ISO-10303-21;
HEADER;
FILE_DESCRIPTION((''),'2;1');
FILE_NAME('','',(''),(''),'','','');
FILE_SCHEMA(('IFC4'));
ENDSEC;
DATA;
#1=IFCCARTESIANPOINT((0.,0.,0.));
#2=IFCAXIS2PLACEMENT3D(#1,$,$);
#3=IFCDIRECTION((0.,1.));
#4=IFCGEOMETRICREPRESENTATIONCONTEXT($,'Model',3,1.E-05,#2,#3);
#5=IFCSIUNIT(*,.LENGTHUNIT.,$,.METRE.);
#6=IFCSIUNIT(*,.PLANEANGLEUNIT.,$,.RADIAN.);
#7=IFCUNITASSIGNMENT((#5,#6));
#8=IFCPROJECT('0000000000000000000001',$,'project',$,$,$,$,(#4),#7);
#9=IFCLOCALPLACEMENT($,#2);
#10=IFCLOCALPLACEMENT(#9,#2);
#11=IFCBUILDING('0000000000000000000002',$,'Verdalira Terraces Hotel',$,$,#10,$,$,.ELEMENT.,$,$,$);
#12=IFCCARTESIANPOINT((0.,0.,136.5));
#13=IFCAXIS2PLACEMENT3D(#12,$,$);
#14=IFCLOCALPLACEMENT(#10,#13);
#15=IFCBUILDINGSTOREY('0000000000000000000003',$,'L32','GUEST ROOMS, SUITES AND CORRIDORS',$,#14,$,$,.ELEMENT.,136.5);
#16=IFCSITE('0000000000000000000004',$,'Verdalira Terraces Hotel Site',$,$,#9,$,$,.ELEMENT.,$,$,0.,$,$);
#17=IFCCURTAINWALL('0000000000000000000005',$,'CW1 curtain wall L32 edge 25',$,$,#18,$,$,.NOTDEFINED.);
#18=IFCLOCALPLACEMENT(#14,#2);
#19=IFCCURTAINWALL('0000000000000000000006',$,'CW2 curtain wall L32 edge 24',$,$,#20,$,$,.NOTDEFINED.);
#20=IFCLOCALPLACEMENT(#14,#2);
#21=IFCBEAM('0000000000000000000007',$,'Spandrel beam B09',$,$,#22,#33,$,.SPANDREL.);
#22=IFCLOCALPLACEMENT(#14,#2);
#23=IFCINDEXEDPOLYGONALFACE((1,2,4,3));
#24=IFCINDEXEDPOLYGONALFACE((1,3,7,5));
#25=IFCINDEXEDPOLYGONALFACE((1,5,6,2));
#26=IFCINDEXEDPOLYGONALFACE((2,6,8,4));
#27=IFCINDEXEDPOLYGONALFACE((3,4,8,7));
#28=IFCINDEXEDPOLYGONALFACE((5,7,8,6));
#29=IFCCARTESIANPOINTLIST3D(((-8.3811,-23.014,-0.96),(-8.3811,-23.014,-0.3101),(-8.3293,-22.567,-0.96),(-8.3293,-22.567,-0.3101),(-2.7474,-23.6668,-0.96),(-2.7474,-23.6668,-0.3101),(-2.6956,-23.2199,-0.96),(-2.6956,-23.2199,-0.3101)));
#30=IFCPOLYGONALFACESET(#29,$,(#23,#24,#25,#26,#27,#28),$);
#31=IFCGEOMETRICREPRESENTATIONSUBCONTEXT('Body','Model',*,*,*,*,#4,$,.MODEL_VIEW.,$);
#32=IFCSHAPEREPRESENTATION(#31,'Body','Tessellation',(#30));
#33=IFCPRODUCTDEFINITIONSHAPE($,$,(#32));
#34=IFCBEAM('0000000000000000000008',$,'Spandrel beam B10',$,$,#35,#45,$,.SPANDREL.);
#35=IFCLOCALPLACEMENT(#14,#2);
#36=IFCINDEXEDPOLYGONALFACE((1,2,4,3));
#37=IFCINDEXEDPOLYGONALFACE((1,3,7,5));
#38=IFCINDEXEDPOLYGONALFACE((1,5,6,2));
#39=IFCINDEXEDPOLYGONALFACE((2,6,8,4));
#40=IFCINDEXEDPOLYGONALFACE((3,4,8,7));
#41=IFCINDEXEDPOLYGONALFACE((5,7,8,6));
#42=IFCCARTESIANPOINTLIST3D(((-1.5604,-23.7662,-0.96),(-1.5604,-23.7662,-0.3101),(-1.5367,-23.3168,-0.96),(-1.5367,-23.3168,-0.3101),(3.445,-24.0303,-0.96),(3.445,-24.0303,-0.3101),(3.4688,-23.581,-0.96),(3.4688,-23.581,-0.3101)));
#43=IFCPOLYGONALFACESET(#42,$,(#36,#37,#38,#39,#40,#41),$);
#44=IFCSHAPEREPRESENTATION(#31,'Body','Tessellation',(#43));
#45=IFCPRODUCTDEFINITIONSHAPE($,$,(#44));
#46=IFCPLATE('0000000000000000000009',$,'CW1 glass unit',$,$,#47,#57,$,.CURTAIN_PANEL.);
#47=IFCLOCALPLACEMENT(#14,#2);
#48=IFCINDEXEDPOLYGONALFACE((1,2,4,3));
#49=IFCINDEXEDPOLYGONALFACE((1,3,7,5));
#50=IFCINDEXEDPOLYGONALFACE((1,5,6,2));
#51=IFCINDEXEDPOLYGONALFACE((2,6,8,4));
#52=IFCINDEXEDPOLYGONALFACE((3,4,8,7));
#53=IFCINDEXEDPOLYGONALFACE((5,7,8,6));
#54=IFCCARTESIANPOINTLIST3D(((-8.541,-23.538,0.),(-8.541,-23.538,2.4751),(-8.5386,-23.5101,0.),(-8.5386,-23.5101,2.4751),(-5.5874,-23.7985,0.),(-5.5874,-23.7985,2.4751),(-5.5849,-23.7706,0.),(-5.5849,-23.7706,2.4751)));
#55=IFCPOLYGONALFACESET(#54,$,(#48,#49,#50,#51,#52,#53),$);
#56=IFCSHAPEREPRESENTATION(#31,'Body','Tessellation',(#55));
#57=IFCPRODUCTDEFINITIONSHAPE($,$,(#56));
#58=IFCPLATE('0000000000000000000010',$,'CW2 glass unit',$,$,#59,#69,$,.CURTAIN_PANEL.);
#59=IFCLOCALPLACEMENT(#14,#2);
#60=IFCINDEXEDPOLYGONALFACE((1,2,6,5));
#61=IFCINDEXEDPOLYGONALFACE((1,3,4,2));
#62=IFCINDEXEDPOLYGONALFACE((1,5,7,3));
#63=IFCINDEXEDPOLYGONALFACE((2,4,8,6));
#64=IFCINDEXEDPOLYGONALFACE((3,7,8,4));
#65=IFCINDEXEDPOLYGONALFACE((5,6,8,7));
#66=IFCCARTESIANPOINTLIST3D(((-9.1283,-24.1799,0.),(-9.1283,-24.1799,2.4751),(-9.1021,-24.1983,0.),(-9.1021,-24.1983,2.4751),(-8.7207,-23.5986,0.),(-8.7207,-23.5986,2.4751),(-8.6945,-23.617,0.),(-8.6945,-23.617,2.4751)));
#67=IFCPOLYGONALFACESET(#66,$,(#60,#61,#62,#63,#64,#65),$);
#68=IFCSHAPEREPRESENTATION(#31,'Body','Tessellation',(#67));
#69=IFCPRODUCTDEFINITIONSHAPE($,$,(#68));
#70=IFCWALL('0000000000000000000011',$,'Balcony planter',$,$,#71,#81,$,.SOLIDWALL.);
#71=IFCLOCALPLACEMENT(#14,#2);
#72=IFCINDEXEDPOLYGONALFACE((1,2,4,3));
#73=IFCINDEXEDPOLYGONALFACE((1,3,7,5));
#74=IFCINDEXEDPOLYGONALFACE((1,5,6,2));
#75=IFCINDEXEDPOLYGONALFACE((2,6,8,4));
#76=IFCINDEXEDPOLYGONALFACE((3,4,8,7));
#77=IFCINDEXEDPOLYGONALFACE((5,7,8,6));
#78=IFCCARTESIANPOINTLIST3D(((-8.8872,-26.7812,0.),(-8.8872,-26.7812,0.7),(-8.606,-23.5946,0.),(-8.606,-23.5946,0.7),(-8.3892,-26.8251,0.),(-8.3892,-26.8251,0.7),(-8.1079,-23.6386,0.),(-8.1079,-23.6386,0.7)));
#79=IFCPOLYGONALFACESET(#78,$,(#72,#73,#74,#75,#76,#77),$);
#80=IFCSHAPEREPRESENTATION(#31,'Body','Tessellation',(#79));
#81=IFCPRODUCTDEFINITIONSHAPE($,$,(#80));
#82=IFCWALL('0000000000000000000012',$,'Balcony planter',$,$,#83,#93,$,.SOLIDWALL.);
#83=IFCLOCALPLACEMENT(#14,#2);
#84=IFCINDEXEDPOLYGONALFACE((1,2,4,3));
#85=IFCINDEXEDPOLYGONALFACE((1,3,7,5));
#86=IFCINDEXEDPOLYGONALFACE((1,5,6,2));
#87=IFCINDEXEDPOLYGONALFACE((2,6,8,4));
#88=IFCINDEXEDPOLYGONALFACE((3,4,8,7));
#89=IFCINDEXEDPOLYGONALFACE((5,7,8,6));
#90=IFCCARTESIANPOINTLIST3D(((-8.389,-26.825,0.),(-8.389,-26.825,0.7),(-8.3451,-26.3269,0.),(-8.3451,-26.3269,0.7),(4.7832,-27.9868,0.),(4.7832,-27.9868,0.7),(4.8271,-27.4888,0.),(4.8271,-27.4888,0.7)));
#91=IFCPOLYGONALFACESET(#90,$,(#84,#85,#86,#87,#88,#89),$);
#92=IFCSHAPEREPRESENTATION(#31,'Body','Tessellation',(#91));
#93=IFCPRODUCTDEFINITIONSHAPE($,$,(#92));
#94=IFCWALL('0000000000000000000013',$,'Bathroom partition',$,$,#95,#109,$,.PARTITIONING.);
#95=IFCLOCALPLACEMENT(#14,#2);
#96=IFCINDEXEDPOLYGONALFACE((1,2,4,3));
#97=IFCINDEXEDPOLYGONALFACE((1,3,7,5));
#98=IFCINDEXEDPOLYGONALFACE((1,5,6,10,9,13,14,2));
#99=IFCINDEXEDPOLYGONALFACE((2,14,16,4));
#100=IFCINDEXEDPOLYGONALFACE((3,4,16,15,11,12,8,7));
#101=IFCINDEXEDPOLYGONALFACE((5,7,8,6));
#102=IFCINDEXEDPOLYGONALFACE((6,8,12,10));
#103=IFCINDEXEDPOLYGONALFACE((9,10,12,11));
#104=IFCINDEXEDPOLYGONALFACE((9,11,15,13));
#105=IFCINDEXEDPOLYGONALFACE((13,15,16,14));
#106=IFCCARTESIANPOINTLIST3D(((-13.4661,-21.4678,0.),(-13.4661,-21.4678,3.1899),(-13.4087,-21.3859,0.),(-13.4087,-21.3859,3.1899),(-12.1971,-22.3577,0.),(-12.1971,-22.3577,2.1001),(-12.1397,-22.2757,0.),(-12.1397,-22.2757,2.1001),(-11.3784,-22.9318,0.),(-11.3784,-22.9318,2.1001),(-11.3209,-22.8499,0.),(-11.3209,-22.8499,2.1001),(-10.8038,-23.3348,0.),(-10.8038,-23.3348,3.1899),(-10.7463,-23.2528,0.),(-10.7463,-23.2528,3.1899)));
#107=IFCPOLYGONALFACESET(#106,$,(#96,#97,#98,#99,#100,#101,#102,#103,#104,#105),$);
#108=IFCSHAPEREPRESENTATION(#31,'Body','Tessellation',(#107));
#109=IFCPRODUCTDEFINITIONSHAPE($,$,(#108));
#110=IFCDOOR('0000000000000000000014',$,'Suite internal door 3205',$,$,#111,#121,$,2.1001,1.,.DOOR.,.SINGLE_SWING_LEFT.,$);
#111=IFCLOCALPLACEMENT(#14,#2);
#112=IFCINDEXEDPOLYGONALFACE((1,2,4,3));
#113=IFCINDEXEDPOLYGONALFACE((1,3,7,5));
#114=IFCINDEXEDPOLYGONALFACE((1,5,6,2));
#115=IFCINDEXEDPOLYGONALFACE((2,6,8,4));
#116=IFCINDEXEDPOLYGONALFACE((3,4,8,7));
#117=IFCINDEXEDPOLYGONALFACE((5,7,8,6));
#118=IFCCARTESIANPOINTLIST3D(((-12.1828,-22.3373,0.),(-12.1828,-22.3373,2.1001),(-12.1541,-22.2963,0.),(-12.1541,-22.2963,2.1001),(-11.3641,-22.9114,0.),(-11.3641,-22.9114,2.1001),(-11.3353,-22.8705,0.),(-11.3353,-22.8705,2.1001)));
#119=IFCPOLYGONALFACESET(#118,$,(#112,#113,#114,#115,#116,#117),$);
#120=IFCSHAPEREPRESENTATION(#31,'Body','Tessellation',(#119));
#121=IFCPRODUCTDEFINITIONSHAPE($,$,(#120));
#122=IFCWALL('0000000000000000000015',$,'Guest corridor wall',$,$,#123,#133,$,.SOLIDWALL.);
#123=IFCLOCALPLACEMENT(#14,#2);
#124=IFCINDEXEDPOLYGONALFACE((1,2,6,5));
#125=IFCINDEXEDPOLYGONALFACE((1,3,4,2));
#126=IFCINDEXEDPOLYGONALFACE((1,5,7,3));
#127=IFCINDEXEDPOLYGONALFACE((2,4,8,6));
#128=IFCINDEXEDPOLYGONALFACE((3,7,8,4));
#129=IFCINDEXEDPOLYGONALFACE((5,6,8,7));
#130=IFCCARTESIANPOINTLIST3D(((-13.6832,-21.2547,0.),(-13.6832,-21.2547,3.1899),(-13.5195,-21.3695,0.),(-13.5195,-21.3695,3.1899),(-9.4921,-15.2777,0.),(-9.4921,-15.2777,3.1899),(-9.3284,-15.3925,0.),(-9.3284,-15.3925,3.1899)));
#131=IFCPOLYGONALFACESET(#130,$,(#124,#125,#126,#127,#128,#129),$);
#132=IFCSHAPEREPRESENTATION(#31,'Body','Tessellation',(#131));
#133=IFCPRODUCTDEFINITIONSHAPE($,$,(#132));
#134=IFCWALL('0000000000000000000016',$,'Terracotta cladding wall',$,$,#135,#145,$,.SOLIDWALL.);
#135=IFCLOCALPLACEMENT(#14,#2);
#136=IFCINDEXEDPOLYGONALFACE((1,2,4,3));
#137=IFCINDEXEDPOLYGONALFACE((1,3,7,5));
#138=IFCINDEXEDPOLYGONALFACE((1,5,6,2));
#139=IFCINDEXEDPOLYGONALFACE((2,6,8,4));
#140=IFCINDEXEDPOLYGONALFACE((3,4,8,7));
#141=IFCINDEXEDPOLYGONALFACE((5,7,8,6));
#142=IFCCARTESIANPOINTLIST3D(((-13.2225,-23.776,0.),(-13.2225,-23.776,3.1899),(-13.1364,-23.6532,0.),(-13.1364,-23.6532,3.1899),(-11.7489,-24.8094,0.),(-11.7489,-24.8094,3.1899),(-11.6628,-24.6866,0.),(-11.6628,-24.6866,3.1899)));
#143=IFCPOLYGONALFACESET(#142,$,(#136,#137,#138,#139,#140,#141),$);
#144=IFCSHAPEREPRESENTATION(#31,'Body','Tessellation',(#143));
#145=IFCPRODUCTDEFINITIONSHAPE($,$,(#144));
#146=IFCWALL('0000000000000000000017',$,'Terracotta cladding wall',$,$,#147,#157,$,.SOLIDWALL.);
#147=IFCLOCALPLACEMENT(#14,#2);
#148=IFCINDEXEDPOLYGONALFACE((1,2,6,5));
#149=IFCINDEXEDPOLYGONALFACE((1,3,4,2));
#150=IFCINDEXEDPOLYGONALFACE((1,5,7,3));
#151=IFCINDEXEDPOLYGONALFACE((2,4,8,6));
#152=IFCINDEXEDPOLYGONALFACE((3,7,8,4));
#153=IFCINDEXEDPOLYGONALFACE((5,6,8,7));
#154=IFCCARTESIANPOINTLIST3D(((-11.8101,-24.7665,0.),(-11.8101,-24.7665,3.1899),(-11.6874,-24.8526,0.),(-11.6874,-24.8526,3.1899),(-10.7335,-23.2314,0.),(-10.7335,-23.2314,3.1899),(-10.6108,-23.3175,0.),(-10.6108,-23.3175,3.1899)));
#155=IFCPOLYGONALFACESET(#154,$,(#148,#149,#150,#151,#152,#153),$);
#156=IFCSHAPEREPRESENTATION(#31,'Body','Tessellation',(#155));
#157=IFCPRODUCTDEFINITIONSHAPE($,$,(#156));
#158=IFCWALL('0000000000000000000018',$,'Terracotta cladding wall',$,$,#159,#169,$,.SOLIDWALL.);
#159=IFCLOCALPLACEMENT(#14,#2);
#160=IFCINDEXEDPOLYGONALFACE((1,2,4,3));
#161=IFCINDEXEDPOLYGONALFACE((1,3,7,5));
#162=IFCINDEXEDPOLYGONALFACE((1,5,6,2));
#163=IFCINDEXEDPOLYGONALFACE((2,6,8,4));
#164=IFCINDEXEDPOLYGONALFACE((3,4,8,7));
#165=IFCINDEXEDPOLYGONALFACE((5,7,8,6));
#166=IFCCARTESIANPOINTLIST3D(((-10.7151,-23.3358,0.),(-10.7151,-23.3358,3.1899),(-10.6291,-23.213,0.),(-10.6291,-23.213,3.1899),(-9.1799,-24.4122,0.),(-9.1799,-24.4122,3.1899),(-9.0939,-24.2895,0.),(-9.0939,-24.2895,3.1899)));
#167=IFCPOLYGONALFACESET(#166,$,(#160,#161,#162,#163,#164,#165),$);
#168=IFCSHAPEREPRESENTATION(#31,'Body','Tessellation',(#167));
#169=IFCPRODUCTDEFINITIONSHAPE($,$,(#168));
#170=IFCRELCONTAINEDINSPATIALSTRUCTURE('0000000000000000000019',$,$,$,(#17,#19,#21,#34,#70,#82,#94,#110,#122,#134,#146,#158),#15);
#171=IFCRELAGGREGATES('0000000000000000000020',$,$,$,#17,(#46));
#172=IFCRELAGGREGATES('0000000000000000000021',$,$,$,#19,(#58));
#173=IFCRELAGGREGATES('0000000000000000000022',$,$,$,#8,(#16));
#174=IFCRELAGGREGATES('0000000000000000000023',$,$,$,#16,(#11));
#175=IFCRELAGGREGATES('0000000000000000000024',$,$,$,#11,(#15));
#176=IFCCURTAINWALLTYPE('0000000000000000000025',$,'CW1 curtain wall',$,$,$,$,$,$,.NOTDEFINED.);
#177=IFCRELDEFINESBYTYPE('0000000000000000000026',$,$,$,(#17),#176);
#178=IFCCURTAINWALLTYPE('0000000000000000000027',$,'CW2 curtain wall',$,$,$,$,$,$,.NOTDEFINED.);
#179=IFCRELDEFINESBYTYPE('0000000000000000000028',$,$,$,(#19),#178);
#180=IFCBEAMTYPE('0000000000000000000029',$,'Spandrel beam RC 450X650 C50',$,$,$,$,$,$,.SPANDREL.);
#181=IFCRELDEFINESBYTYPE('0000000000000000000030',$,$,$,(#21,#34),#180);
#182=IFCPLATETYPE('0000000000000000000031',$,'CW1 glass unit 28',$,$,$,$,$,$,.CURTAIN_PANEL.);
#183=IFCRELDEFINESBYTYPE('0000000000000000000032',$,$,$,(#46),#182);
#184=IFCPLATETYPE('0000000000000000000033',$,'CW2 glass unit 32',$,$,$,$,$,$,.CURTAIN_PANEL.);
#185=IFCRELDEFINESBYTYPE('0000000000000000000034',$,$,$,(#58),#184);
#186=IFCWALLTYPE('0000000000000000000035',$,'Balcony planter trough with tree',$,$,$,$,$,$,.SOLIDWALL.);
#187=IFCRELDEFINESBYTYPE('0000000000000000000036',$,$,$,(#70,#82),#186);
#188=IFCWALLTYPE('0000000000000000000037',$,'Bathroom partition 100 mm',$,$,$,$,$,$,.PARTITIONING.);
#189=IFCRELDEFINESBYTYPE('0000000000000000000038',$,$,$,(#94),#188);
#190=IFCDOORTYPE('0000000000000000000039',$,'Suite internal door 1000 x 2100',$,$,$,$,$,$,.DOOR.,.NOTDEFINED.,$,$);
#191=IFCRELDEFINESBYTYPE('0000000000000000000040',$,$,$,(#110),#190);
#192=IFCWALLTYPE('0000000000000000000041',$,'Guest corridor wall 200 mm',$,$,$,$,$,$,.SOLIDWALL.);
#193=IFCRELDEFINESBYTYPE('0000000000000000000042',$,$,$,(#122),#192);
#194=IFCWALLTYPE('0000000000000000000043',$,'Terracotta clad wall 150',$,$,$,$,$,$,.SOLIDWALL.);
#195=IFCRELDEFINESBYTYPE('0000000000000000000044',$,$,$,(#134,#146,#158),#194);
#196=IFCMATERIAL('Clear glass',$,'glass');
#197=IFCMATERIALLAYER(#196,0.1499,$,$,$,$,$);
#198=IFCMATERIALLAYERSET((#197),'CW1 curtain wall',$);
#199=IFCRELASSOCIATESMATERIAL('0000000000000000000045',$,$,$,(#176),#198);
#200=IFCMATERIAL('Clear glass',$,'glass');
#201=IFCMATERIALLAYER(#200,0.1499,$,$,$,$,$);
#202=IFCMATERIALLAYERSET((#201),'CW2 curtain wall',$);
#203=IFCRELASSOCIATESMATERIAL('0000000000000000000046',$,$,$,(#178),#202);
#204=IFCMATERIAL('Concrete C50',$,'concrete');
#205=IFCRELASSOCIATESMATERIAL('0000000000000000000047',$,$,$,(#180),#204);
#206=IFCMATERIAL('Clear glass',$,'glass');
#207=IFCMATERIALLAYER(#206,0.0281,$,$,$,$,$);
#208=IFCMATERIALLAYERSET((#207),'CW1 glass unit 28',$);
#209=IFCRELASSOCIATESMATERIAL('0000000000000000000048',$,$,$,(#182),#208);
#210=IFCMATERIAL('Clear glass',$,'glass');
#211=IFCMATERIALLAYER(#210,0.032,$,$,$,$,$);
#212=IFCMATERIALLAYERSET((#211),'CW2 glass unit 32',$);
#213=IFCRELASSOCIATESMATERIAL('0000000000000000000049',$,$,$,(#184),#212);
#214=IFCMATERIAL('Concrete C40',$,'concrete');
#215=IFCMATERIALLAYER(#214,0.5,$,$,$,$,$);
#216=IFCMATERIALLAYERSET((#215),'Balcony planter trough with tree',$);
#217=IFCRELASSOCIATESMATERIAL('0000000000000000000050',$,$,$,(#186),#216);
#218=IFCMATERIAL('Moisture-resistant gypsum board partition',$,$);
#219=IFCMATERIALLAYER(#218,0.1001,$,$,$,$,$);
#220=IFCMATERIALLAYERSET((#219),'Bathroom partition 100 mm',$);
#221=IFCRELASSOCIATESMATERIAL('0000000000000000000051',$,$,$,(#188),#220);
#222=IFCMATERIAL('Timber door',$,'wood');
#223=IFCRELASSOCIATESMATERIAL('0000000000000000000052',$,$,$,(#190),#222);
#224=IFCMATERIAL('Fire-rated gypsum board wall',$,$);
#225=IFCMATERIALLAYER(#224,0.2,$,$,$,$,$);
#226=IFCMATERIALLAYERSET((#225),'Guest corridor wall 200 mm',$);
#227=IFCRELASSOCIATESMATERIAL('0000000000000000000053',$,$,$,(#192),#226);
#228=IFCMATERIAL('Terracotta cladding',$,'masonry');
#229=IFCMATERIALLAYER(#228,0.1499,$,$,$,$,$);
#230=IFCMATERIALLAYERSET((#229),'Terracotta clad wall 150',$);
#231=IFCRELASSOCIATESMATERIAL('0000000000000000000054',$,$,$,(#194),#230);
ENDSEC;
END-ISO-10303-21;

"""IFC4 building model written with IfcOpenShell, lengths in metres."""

from ifc_helpers import new_model, si_unit, direction, frame, frame_2d, origin, origin_2d, place, context, subcontext, project, spatial, rectangle, extrude, material, layer, layer_set, material_profile, profile_set, type_object, element, fill, aggregate, save


model = new_model("IFC4")

# Units and contexts
model_context = context("Model", 3, precision=1e-05, world=origin(), true_north=direction((0.0, 1.0)))
body_context = subcontext(model_context, "Body", "Model", "MODEL_VIEW")
ifc_project = project(units=[si_unit("LENGTHUNIT", "METRE"), si_unit("PLANEANGLEUNIT", "RADIAN")], contexts=[model_context])

# Site, building, storey
site_placement = place(None, origin())
site = spatial("IfcSite", under=ifc_project, at=site_placement, Name="Verdalira Terraces Hotel Site", CompositionType="ELEMENT", RefElevation=0.0)
building_placement = place(site_placement, origin())
building = spatial("IfcBuilding", under=site, at=building_placement, Name="Verdalira Terraces Hotel", CompositionType="ELEMENT")
storey_placement = place(building_placement, frame((0.0, 0.0, 136.5)))
storey = spatial("IfcBuildingStorey", under=building, at=storey_placement, Name="L32", Description="GUEST ROOMS, SUITES AND CORRIDORS", CompositionType="ELEMENT", Elevation=136.5)

# Curtain walls
ifc_material_1 = material(Name="Clear glass", Category="glass")
ifc_layer_1 = layer(ifc_material_1, 0.1499)
ifc_layer_set_1 = layer_set([ifc_layer_1], Name="CW1 curtain wall")
curtain_wall_type_1 = type_object("IfcCurtainWallType", Name="CW1 curtain wall", PredefinedType="NOTDEFINED", material=ifc_layer_set_1)
curtain_wall_1_placement = place(storey_placement, origin())
curtain_wall_1 = element("IfcCurtainWall", 1, at=curtain_wall_1_placement, inside=storey, type_object=curtain_wall_type_1, Name="CW1 curtain wall L32 edge 25", PredefinedType="NOTDEFINED")
ifc_material_2 = material(Name="Clear glass", Category="glass")
ifc_layer_2 = layer(ifc_material_2, 0.1499)
ifc_layer_set_2 = layer_set([ifc_layer_2], Name="CW2 curtain wall")
curtain_wall_type_2 = type_object("IfcCurtainWallType", Name="CW2 curtain wall", PredefinedType="NOTDEFINED", material=ifc_layer_set_2)
curtain_wall_2_placement = place(storey_placement, origin())
curtain_wall_2 = element("IfcCurtainWall", 2, at=curtain_wall_2_placement, inside=storey, type_object=curtain_wall_type_2, Name="CW2 curtain wall L32 edge 24", PredefinedType="NOTDEFINED")

# Beams
ifc_material_3 = material(Name="Concrete C50", Category="concrete")
ifc_material_profile_1 = material_profile(ifc_material_3, rectangle(XDim=0.45, YDim=0.6499, at=origin_2d()), Name="RC 450X650")
ifc_profile_set_1 = profile_set([ifc_material_profile_1], Name="Concrete C50")
beam_type_1 = type_object("IfcBeamType", Name="Spandrel beam RC 450X650 C50", PredefinedType="SPANDREL", material=ifc_profile_set_1)
beam_1_placement = place(storey_placement, frame((-8.3552, -22.7905, -0.635), z_axis=(0.993353, -0.115108, 0.0), x_axis=(0.115108, 0.993353, 0.0)))
element("IfcBeam", 3, at=beam_1_placement, inside=storey, type_object=beam_type_1, Name="Spandrel beam B09", PredefinedType="SPANDREL", context=body_context, shape_type="SweptSolid", body=[
    extrude(rectangle(XDim=0.45, YDim=0.6499, at=origin_2d()), origin(), (0.0, 0.0, 1.0), 5.6714),
])
beam_2_placement = place(storey_placement, frame((-1.5486, -23.5415, -0.635), z_axis=(0.99861, -0.052702, 0.0), x_axis=(0.052702, 0.99861, 0.0)))
element("IfcBeam", 4, at=beam_2_placement, inside=storey, type_object=beam_type_1, Name="Spandrel beam B10", PredefinedType="SPANDREL", context=body_context, shape_type="SweptSolid", body=[
    extrude(rectangle(XDim=0.45, YDim=0.6499, at=origin_2d()), origin(), (0.0, 0.0, 1.0), 5.0125),
])

# Plates
ifc_material_4 = material(Name="Clear glass", Category="glass")
ifc_layer_3 = layer(ifc_material_4, 0.0281)
ifc_layer_set_3 = layer_set([ifc_layer_3], Name="CW1 glass unit 28")
plate_type_1 = type_object("IfcPlateType", Name="CW1 glass unit 28", PredefinedType="CURTAIN_PANEL", material=ifc_layer_set_3)
plate_1_placement = place(storey_placement, frame((-7.063, -23.6543, 0.0), z_axis=(0.0, 0.0, 1.0), x_axis=(0.996134, -0.087851, 0.0)))
plate_1 = element("IfcPlate", 5, at=plate_1_placement, type_object=plate_type_1, Name="CW1 glass unit", PredefinedType="CURTAIN_PANEL", context=body_context, shape_type="SweptSolid", body=[
    extrude(rectangle(XDim=2.9651, YDim=0.0281, at=origin_2d()), origin(), (0.0, 0.0, 1.0), 2.4751),
])
aggregate(curtain_wall_1, [plate_1])
ifc_material_5 = material(Name="Clear glass", Category="glass")
ifc_layer_4 = layer(ifc_material_5, 0.032)
ifc_layer_set_4 = layer_set([ifc_layer_4], Name="CW2 glass unit 32")
plate_type_2 = type_object("IfcPlateType", Name="CW2 glass unit 32", PredefinedType="CURTAIN_PANEL", material=ifc_layer_set_4)
plate_2_placement = place(storey_placement, frame((-8.9114, -23.8984, 0.0), z_axis=(0.0, 0.0, 1.0), x_axis=(0.574148, 0.818751, 0.0)))
plate_2 = element("IfcPlate", 6, at=plate_2_placement, type_object=plate_type_2, Name="CW2 glass unit", PredefinedType="CURTAIN_PANEL", context=body_context, shape_type="SweptSolid", body=[
    extrude(rectangle(XDim=0.71, YDim=0.032, at=origin_2d()), origin(), (0.0, 0.0, 1.0), 2.4751),
])
aggregate(curtain_wall_2, [plate_2])

# Walls
ifc_material_6 = material(Name="Concrete C40", Category="concrete")
ifc_layer_5 = layer(ifc_material_6, 0.5)
ifc_layer_set_5 = layer_set([ifc_layer_5], Name="Balcony planter trough with tree")
wall_type_1 = type_object("IfcWallType", Name="Balcony planter trough with tree", PredefinedType="SOLIDWALL", material=ifc_layer_set_5)
wall_1_placement = place(storey_placement, frame((-8.3569, -23.6165, 0.0), z_axis=(0.0, 0.0, 1.0), x_axis=(-0.087921, -0.996127, 0.0)))
element("IfcWall", 7, at=wall_1_placement, inside=storey, type_object=wall_type_1, Name="Balcony planter", PredefinedType="SOLIDWALL", context=body_context, shape_type="SweptSolid", body=[
    extrude(rectangle(XDim=3.199, YDim=0.5, at=frame_2d((1.5996, 0.0))), origin(), (0.0, 0.0, 1.0), 0.7),
])
wall_2_placement = place(storey_placement, frame((-8.3672, -26.5759, 0.0), z_axis=(0.0, 0.0, 1.0), x_axis=(0.996133, -0.087864, 0.0)))
element("IfcWall", 8, at=wall_2_placement, inside=storey, type_object=wall_type_1, Name="Balcony planter", PredefinedType="SOLIDWALL", context=body_context, shape_type="SweptSolid", body=[
    extrude(rectangle(XDim=13.2234, YDim=0.5, at=frame_2d((6.6118, 0.0))), origin(), (0.0, 0.0, 1.0), 0.7),
])

# Wall, opening, door
ifc_material_7 = material(Name="Moisture-resistant gypsum board partition")
ifc_layer_6 = layer(ifc_material_7, 0.1001)
ifc_layer_set_6 = layer_set([ifc_layer_6], Name="Bathroom partition 100 mm")
wall_type_2 = type_object("IfcWallType", Name="Bathroom partition 100 mm", PredefinedType="PARTITIONING", material=ifc_layer_set_6)
wall_3_placement = place(storey_placement, frame((-13.4375, -21.4268, 0.0), z_axis=(0.0, 0.0, 1.0), x_axis=(0.818755, -0.574142, 0.0)))
wall_3 = element("IfcWall", 9, at=wall_3_placement, inside=storey, type_object=wall_type_2, Name="Bathroom partition", PredefinedType="PARTITIONING", context=body_context, shape_type="SweptSolid", body=[
    extrude(rectangle(XDim=3.2517, YDim=0.1001, at=frame_2d((1.626, 0.0))), origin(), (0.0, 0.0, 1.0), 3.1899),
])
opening_1_placement = place(wall_3_placement, frame((1.55, 0.0, 0.0)))
opening_1 = element("IfcOpeningElement", 10, at=opening_1_placement, cuts=wall_3, PredefinedType="OPENING", context=body_context, shape_type="SweptSolid", body=[
    extrude(rectangle(XDim=1.0, YDim=2.1001, at=frame_2d((0.5, 1.05))), frame((0.0, 0.0601, 0.0), z_axis=(0.0, -1.0, 0.0), x_axis=(1.0, 0.0, 0.0)), (0.0, 0.0, 1.0), 0.1201),
])
ifc_material_8 = material(Name="Timber door", Category="wood")
door_type_1 = type_object("IfcDoorType", Name="Suite internal door 1000 x 2100", OperationType="NOTDEFINED", PredefinedType="DOOR", material=ifc_material_8)
door_1_placement = place(opening_1_placement, origin())
door_1 = element("IfcDoor", 11, at=door_1_placement, inside=storey, type_object=door_type_1, Name="Suite internal door 3205", OperationType="SINGLE_SWING_LEFT", OverallHeight=2.1001, OverallWidth=1.0, PredefinedType="DOOR", context=body_context, shape_type="SweptSolid", body=[
    extrude(rectangle(XDim=1.0, YDim=2.1001, at=frame_2d((0.5, 1.05))), frame((0.0, 0.0249, 0.0), z_axis=(0.0, -1.0, 0.0), x_axis=(1.0, 0.0, 0.0)), (0.0, 0.0, 1.0), 0.05),
])
fill(opening_1, door_1)

# Walls
ifc_material_9 = material(Name="Fire-rated gypsum board wall")
ifc_layer_7 = layer(ifc_material_9, 0.2)
ifc_layer_set_7 = layer_set([ifc_layer_7], Name="Guest corridor wall 200 mm")
wall_type_3 = type_object("IfcWallType", Name="Guest corridor wall 200 mm", PredefinedType="SOLIDWALL", material=ifc_layer_set_7)
wall_4_placement = place(storey_placement, frame((-13.6013, -21.312, 0.0), z_axis=(0.0, 0.0, 1.0), x_axis=(0.574127, 0.818767, 0.0)))
element("IfcWall", 12, at=wall_4_placement, inside=storey, type_object=wall_type_3, Name="Guest corridor wall", PredefinedType="SOLIDWALL", context=body_context, shape_type="SweptSolid", body=[
    extrude(rectangle(XDim=7.3, YDim=0.2, at=frame_2d((3.6499, 0.0))), origin(), (0.0, 0.0, 1.0), 3.1899),
])
ifc_material_10 = material(Name="Terracotta cladding", Category="masonry")
ifc_layer_8 = layer(ifc_material_10, 0.1499)
ifc_layer_set_8 = layer_set([ifc_layer_8], Name="Terracotta clad wall 150")
wall_type_4 = type_object("IfcWallType", Name="Terracotta clad wall 150", PredefinedType="SOLIDWALL", material=ifc_layer_set_8)
wall_5_placement = place(storey_placement, frame((-13.1794, -23.7146, 0.0), z_axis=(0.0, 0.0, 1.0), x_axis=(0.818735, -0.574172, 0.0)))
element("IfcWall", 13, at=wall_5_placement, inside=storey, type_object=wall_type_4, Name="Terracotta cladding wall", PredefinedType="SOLIDWALL", context=body_context, shape_type="SweptSolid", body=[
    extrude(rectangle(XDim=1.7998, YDim=0.1499, at=frame_2d((0.8999, 0.0))), origin(), (0.0, 0.0, 1.0), 3.1899),
])
for number, where, z_axis, x_axis, name in (
    (14, (-11.7488, -24.8096, 0.0), (0.0, 0.0, 1.0), (0.574196, 0.818718, 0.0), "Terracotta cladding wall"),
    (15, (-10.6721, -23.2744, 0.0), (0.0, 0.0, 1.0), (0.818779, -0.574109, 0.0), "Terracotta cladding wall"),
):
    element("IfcWall", number, at=place(storey_placement, frame(where, z_axis=z_axis, x_axis=x_axis)), inside=storey, type_object=wall_type_4, Name=name, PredefinedType="SOLIDWALL", context=body_context, shape_type="SweptSolid", body=[
        extrude(rectangle(XDim=1.875, YDim=0.1499, at=frame_2d((0.9375, 0.0))), origin(), (0.0, 0.0, 1.0), 3.1899),
    ])

save(model, "model.ifc")
